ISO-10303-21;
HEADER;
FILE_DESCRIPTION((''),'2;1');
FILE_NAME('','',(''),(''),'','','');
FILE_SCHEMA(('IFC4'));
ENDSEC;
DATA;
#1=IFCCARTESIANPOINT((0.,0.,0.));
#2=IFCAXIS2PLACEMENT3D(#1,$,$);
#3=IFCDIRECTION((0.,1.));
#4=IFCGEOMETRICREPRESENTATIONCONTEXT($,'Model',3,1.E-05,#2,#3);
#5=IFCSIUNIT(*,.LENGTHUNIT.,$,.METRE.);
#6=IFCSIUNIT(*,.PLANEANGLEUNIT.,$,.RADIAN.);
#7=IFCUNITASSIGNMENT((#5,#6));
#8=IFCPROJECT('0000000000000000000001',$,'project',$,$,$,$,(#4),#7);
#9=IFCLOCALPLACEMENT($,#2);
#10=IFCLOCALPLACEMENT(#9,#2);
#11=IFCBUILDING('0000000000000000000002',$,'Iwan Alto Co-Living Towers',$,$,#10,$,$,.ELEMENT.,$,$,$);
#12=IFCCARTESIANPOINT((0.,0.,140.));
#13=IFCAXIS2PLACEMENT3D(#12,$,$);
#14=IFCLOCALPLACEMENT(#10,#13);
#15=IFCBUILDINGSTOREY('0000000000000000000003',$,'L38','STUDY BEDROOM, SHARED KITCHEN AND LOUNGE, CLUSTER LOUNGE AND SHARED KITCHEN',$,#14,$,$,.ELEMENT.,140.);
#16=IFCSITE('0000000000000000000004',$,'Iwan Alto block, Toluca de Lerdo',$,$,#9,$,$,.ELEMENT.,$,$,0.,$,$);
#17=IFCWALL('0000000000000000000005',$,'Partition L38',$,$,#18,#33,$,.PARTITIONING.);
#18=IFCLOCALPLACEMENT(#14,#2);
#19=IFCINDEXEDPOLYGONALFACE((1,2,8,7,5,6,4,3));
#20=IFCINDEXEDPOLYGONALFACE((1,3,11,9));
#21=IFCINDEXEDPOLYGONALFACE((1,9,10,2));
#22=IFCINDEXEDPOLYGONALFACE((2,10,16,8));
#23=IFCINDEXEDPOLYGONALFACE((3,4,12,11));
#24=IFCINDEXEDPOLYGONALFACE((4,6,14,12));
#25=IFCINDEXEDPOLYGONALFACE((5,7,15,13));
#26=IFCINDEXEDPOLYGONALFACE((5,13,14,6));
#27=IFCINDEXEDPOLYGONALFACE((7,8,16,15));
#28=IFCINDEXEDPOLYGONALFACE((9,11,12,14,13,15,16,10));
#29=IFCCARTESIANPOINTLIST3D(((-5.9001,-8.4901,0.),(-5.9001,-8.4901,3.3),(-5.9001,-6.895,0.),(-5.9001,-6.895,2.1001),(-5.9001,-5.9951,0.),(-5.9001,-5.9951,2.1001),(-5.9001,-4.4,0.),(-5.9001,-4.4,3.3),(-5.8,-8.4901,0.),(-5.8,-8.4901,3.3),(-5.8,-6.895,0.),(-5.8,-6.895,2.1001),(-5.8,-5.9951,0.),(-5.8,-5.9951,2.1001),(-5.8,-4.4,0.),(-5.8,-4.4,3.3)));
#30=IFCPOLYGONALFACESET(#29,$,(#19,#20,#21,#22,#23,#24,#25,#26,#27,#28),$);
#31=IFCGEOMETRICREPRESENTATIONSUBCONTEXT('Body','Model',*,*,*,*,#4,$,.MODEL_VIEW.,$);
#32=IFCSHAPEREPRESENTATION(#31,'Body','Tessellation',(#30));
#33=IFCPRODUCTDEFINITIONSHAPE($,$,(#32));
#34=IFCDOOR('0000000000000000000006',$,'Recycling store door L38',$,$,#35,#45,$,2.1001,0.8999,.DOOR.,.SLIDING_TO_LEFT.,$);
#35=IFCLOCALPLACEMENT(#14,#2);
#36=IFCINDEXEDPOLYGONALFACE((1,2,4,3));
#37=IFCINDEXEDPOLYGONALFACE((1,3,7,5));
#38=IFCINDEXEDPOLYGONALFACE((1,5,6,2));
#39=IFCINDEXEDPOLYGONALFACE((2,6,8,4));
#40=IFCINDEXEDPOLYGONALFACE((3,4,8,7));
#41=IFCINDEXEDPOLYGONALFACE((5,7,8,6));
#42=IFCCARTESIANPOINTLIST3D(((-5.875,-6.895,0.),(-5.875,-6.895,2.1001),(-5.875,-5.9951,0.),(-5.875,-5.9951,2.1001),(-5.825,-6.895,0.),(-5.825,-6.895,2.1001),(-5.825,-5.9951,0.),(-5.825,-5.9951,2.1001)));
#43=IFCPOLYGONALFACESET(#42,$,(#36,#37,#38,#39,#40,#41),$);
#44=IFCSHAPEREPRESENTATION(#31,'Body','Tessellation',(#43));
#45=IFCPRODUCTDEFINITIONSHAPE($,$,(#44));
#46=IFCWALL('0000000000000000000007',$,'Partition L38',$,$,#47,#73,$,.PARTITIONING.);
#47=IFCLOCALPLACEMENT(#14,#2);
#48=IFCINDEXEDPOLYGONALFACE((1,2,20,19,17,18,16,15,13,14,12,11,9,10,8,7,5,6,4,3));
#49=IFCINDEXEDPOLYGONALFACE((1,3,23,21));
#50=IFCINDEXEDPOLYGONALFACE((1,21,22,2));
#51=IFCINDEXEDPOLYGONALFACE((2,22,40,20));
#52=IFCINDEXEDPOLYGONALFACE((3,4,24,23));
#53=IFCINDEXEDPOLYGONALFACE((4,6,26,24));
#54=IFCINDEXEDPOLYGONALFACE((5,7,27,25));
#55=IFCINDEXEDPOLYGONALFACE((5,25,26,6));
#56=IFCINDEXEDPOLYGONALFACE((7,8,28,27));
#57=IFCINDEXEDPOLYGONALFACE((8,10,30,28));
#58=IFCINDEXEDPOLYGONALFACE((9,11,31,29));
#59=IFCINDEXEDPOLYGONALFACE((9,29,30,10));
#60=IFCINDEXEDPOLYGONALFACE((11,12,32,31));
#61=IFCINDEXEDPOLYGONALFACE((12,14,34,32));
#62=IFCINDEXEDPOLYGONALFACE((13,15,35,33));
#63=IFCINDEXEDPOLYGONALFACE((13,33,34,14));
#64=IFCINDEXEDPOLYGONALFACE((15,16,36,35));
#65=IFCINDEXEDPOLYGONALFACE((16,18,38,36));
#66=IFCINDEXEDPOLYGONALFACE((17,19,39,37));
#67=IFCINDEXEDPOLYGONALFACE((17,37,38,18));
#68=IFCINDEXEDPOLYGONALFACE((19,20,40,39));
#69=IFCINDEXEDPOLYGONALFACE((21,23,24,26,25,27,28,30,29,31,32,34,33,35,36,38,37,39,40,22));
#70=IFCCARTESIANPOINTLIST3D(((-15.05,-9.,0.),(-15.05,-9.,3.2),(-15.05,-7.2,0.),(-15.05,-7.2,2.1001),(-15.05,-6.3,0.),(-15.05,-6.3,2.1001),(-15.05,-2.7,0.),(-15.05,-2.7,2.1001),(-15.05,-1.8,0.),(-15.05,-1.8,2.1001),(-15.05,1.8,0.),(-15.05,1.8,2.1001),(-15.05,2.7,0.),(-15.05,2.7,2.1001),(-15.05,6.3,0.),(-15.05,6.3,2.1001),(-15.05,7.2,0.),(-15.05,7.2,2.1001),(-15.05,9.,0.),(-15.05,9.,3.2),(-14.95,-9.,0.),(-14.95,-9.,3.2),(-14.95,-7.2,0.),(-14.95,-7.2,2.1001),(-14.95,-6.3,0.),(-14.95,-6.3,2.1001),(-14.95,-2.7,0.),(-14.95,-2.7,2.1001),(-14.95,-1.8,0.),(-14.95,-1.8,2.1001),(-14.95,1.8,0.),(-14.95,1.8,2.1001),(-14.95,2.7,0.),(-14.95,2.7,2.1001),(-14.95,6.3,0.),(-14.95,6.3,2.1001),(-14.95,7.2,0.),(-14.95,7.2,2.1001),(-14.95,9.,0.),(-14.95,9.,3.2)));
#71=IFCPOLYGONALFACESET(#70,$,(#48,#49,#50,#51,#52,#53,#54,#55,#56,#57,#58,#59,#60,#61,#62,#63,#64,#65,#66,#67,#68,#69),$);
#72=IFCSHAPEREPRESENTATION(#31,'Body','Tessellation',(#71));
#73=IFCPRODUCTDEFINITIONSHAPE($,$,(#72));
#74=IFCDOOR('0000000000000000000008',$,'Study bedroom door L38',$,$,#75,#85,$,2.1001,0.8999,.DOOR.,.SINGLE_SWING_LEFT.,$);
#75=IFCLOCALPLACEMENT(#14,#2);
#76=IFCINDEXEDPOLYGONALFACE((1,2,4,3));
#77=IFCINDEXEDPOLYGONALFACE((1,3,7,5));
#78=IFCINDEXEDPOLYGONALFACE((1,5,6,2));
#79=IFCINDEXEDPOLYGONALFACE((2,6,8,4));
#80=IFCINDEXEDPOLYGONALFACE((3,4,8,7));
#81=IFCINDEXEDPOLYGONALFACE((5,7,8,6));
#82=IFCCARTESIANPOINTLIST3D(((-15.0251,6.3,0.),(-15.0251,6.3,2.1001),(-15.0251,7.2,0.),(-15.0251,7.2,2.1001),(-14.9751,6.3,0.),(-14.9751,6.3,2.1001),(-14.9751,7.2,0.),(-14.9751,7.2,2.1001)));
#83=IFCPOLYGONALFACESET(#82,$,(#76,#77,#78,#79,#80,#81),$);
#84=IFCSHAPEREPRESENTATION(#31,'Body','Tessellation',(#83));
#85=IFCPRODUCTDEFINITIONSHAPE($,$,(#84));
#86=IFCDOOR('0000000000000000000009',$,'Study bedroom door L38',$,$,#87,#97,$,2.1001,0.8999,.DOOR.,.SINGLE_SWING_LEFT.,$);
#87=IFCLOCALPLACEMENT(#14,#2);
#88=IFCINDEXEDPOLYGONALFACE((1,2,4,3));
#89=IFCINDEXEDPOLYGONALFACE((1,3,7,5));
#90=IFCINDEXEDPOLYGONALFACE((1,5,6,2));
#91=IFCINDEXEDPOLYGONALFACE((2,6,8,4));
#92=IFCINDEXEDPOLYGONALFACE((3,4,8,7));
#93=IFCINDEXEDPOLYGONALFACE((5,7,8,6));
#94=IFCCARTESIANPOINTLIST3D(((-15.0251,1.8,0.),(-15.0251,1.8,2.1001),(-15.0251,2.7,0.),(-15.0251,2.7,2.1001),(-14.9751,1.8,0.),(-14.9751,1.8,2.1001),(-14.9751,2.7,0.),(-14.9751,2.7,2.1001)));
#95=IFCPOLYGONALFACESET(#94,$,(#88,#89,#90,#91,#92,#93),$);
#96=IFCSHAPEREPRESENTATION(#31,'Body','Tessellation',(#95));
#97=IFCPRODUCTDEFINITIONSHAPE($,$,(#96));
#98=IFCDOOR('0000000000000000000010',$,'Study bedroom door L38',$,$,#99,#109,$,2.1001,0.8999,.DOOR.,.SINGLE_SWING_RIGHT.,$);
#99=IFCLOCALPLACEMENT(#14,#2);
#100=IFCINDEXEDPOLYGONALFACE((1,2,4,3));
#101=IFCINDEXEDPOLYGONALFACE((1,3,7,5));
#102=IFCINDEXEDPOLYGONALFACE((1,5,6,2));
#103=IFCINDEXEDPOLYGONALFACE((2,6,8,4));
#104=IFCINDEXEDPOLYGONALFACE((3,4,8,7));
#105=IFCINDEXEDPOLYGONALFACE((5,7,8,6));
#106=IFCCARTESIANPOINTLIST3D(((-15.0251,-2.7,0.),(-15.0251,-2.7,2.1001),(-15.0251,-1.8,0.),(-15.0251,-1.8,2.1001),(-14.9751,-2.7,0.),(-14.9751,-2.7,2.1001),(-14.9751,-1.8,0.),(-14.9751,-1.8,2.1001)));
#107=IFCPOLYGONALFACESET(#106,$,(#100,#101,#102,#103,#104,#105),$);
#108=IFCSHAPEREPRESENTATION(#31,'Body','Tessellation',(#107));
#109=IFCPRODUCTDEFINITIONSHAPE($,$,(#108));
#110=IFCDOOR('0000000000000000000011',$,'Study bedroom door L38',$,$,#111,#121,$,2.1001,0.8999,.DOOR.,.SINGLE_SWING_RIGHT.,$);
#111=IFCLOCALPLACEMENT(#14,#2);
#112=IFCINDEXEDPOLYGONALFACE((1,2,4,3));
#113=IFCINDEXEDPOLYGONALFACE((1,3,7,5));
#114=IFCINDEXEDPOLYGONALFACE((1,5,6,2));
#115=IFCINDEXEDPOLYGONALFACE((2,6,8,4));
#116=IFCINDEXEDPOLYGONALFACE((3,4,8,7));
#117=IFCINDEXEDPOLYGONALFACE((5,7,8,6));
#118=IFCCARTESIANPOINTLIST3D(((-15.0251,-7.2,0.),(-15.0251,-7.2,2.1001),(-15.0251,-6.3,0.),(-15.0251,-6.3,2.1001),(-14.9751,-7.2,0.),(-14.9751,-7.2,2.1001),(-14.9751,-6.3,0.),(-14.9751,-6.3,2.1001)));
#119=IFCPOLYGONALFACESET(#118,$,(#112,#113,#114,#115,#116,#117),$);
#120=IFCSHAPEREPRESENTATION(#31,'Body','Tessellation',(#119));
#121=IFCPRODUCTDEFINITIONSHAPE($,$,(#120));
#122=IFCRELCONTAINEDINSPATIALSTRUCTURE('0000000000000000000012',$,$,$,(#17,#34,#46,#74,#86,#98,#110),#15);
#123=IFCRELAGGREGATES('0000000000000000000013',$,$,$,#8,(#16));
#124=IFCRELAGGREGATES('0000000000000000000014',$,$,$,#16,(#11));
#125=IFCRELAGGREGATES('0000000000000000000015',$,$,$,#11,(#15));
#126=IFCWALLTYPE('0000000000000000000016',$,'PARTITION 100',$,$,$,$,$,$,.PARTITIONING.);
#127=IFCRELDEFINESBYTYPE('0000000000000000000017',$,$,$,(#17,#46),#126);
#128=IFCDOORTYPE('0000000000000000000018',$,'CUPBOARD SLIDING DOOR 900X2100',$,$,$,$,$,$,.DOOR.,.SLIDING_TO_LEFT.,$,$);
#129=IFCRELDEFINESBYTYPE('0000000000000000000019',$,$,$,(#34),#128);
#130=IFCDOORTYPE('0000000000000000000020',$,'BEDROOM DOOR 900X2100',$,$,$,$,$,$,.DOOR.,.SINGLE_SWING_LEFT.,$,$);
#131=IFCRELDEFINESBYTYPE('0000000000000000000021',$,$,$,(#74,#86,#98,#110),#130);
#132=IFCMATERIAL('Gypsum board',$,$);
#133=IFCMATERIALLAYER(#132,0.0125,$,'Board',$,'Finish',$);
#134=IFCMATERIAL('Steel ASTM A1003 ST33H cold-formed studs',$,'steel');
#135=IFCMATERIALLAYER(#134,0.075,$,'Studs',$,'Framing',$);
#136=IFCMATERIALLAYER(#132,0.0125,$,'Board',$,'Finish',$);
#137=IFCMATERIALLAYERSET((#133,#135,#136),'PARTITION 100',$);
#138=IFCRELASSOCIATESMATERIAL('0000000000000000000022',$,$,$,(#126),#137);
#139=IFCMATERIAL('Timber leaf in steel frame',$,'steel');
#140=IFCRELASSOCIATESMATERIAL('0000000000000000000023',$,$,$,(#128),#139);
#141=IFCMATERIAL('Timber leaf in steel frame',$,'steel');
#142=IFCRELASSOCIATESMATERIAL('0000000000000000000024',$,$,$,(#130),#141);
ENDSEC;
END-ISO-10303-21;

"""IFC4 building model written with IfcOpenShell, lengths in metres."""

from ifc_helpers import new_model, si_unit, direction, frame, frame_2d, origin, place, context, subcontext, project, spatial, rectangle, extrude, material, layer, layer_set, type_object, element, fill, save


model = new_model("IFC4")

# Units and contexts
model_context = context("Model", 3, precision=1e-05, world=origin(), true_north=direction((0.0, 1.0)))
body_context = subcontext(model_context, "Body", "Model", "MODEL_VIEW")
ifc_project = project(units=[si_unit("LENGTHUNIT", "METRE"), si_unit("PLANEANGLEUNIT", "RADIAN")], contexts=[model_context])

# Site, building, storey
site_placement = place(None, origin())
site = spatial("IfcSite", under=ifc_project, at=site_placement, Name="Iwan Alto block, Toluca de Lerdo", CompositionType="ELEMENT", RefElevation=0.0)
building_placement = place(site_placement, origin())
building = spatial("IfcBuilding", under=site, at=building_placement, Name="Iwan Alto Co-Living Towers", CompositionType="ELEMENT")
storey_placement = place(building_placement, frame((0.0, 0.0, 140.0)))
storey = spatial("IfcBuildingStorey", under=building, at=storey_placement, Name="L38", Description="STUDY BEDROOM, SHARED KITCHEN AND LOUNGE, CLUSTER LOUNGE AND SHARED KITCHEN", CompositionType="ELEMENT", Elevation=140.0)

# Wall, opening, door
ifc_material_1 = material(Name="Gypsum board")
ifc_material_2 = material(Name="Steel ASTM A1003 ST33H cold-formed studs", Category="steel")
ifc_layer_1 = layer(ifc_material_1, 0.0125, Name="Board", Category="Finish")
ifc_layer_2 = layer(ifc_material_2, 0.075, Name="Studs", Category="Framing")
ifc_layer_3 = layer(ifc_material_1, 0.0125, Name="Board", Category="Finish")
ifc_layer_set_1 = layer_set([ifc_layer_1, ifc_layer_2, ifc_layer_3], Name="PARTITION 100")
wall_type_1 = type_object("IfcWallType", Name="PARTITION 100", PredefinedType="PARTITIONING", material=ifc_layer_set_1)
wall_1_placement = place(storey_placement, frame((-5.8501, -8.49, 0.0), z_axis=(0.0, 0.0, 1.0), x_axis=(0.0, 1.0, 0.0)))
wall_1 = element("IfcWall", 1, at=wall_1_placement, inside=storey, type_object=wall_type_1, Name="Partition L38", PredefinedType="PARTITIONING", context=body_context, shape_type="SweptSolid", body=[
    extrude(rectangle(XDim=4.0901, YDim=0.1001, at=frame_2d((2.0449, 0.0))), origin(), (0.0, 0.0, 1.0), 3.3),
])
opening_1_placement = place(wall_1_placement, frame((1.595, 0.0, 0.0)))
opening_1 = element("IfcOpeningElement", 2, at=opening_1_placement, cuts=wall_1, PredefinedType="OPENING", context=body_context, shape_type="SweptSolid", body=[
    extrude(rectangle(XDim=0.8999, YDim=2.1001, at=frame_2d((0.45, 1.05))), frame((0.0, 0.0601, 0.0), z_axis=(0.0, -1.0, 0.0), x_axis=(1.0, 0.0, 0.0)), (0.0, 0.0, 1.0), 0.1201),
])
ifc_material_3 = material(Name="Timber leaf in steel frame", Category="steel")
door_type_1 = type_object("IfcDoorType", Name="CUPBOARD SLIDING DOOR 900X2100", OperationType="SLIDING_TO_LEFT", PredefinedType="DOOR", material=ifc_material_3)
door_1_placement = place(opening_1_placement, origin())
door_1 = element("IfcDoor", 3, at=door_1_placement, inside=storey, type_object=door_type_1, Name="Recycling store door L38", OperationType="SLIDING_TO_LEFT", OverallHeight=2.1001, OverallWidth=0.8999, PredefinedType="DOOR", context=body_context, shape_type="SweptSolid", body=[
    extrude(rectangle(XDim=0.8999, YDim=2.1001, at=frame_2d((0.45, 1.05))), frame((0.0, 0.0249, 0.0), z_axis=(0.0, -1.0, 0.0), x_axis=(1.0, 0.0, 0.0)), (0.0, 0.0, 1.0), 0.05),
])
fill(opening_1, door_1)

# Wall, openings, doors
wall_2_placement = place(storey_placement, frame((-15.0, -9.0, 0.0), z_axis=(0.0, 0.0, 1.0), x_axis=(0.0, 1.0, 0.0)))
wall_2 = element("IfcWall", 4, at=wall_2_placement, inside=storey, type_object=wall_type_1, Name="Partition L38", PredefinedType="PARTITIONING", context=body_context, shape_type="SweptSolid", body=[
    extrude(rectangle(XDim=18.0, YDim=0.1001, at=frame_2d((9.0, 0.0))), origin(), (0.0, 0.0, 1.0), 3.2),
])
opening_2_placement = place(wall_2_placement, frame((15.3, 0.0, 0.0)))
opening_2 = element("IfcOpeningElement", 5, at=opening_2_placement, cuts=wall_2, PredefinedType="OPENING", context=body_context, shape_type="SweptSolid", body=[
    extrude(rectangle(XDim=0.8999, YDim=2.1001, at=frame_2d((0.45, 1.05))), frame((0.0, 0.0601, 0.0), z_axis=(0.0, -1.0, 0.0), x_axis=(1.0, 0.0, 0.0)), (0.0, 0.0, 1.0), 0.1201),
])
opening_3_placement = place(wall_2_placement, frame((10.8, 0.0, 0.0)))
opening_3 = element("IfcOpeningElement", 6, at=opening_3_placement, cuts=wall_2, PredefinedType="OPENING", context=body_context, shape_type="SweptSolid", body=[
    extrude(rectangle(XDim=0.8999, YDim=2.1001, at=frame_2d((0.45, 1.05))), frame((0.0, 0.0601, 0.0), z_axis=(0.0, -1.0, 0.0), x_axis=(1.0, 0.0, 0.0)), (0.0, 0.0, 1.0), 0.1201),
])
opening_4_placement = place(wall_2_placement, frame((6.3, 0.0, 0.0)))
opening_4 = element("IfcOpeningElement", 7, at=opening_4_placement, cuts=wall_2, PredefinedType="OPENING", context=body_context, shape_type="SweptSolid", body=[
    extrude(rectangle(XDim=0.8999, YDim=2.1001, at=frame_2d((0.45, 1.05))), frame((0.0, 0.0601, 0.0), z_axis=(0.0, -1.0, 0.0), x_axis=(1.0, 0.0, 0.0)), (0.0, 0.0, 1.0), 0.1201),
])
opening_5_placement = place(wall_2_placement, frame((1.8, 0.0, 0.0)))
opening_5 = element("IfcOpeningElement", 8, at=opening_5_placement, cuts=wall_2, PredefinedType="OPENING", context=body_context, shape_type="SweptSolid", body=[
    extrude(rectangle(XDim=0.8999, YDim=2.1001, at=frame_2d((0.45, 1.05))), frame((0.0, 0.0601, 0.0), z_axis=(0.0, -1.0, 0.0), x_axis=(1.0, 0.0, 0.0)), (0.0, 0.0, 1.0), 0.1201),
])
ifc_material_4 = material(Name="Timber leaf in steel frame", Category="steel")
door_type_2 = type_object("IfcDoorType", Name="BEDROOM DOOR 900X2100", OperationType="SINGLE_SWING_LEFT", PredefinedType="DOOR", material=ifc_material_4)
door_2_placement = place(opening_2_placement, frame((0.8999, 0.0, 0.0), z_axis=(0.0, 0.0, 1.0), x_axis=(-1.0, 0.0, 0.0)))
door_2 = element("IfcDoor", 9, at=door_2_placement, inside=storey, type_object=door_type_2, Name="Study bedroom door L38", OperationType="SINGLE_SWING_LEFT", OverallHeight=2.1001, OverallWidth=0.8999, PredefinedType="DOOR", context=body_context, shape_type="SweptSolid", body=[
    extrude(rectangle(XDim=0.8999, YDim=2.1001, at=frame_2d((0.45, 1.05))), frame((0.0, 0.0249, 0.0), z_axis=(0.0, -1.0, 0.0), x_axis=(1.0, 0.0, 0.0)), (0.0, 0.0, 1.0), 0.05),
])
fill(opening_2, door_2)
door_3_placement = place(opening_3_placement, frame((0.8999, 0.0, 0.0), z_axis=(0.0, 0.0, 1.0), x_axis=(-1.0, 0.0, 0.0)))
door_3 = element("IfcDoor", 10, at=door_3_placement, inside=storey, type_object=door_type_2, Name="Study bedroom door L38", OperationType="SINGLE_SWING_LEFT", OverallHeight=2.1001, OverallWidth=0.8999, PredefinedType="DOOR", context=body_context, shape_type="SweptSolid", body=[
    extrude(rectangle(XDim=0.8999, YDim=2.1001, at=frame_2d((0.45, 1.05))), frame((0.0, 0.0249, 0.0), z_axis=(0.0, -1.0, 0.0), x_axis=(1.0, 0.0, 0.0)), (0.0, 0.0, 1.0), 0.05),
])
fill(opening_3, door_3)
door_4_placement = place(opening_4_placement, frame((0.8999, 0.0, 0.0), z_axis=(0.0, 0.0, 1.0), x_axis=(-1.0, 0.0, 0.0)))
door_4 = element("IfcDoor", 11, at=door_4_placement, inside=storey, type_object=door_type_2, Name="Study bedroom door L38", OperationType="SINGLE_SWING_RIGHT", OverallHeight=2.1001, OverallWidth=0.8999, PredefinedType="DOOR", context=body_context, shape_type="SweptSolid", body=[
    extrude(rectangle(XDim=0.8999, YDim=2.1001, at=frame_2d((0.45, 1.05))), frame((0.0, 0.0249, 0.0), z_axis=(0.0, -1.0, 0.0), x_axis=(1.0, 0.0, 0.0)), (0.0, 0.0, 1.0), 0.05),
])
fill(opening_4, door_4)
door_5_placement = place(opening_5_placement, frame((0.8999, 0.0, 0.0), z_axis=(0.0, 0.0, 1.0), x_axis=(-1.0, 0.0, 0.0)))
door_5 = element("IfcDoor", 12, at=door_5_placement, inside=storey, type_object=door_type_2, Name="Study bedroom door L38", OperationType="SINGLE_SWING_RIGHT", OverallHeight=2.1001, OverallWidth=0.8999, PredefinedType="DOOR", context=body_context, shape_type="SweptSolid", body=[
    extrude(rectangle(XDim=0.8999, YDim=2.1001, at=frame_2d((0.45, 1.05))), frame((0.0, 0.0249, 0.0), z_axis=(0.0, -1.0, 0.0), x_axis=(1.0, 0.0, 0.0)), (0.0, 0.0, 1.0), 0.05),
])
fill(opening_5, door_5)

save(model, "model.ifc")
